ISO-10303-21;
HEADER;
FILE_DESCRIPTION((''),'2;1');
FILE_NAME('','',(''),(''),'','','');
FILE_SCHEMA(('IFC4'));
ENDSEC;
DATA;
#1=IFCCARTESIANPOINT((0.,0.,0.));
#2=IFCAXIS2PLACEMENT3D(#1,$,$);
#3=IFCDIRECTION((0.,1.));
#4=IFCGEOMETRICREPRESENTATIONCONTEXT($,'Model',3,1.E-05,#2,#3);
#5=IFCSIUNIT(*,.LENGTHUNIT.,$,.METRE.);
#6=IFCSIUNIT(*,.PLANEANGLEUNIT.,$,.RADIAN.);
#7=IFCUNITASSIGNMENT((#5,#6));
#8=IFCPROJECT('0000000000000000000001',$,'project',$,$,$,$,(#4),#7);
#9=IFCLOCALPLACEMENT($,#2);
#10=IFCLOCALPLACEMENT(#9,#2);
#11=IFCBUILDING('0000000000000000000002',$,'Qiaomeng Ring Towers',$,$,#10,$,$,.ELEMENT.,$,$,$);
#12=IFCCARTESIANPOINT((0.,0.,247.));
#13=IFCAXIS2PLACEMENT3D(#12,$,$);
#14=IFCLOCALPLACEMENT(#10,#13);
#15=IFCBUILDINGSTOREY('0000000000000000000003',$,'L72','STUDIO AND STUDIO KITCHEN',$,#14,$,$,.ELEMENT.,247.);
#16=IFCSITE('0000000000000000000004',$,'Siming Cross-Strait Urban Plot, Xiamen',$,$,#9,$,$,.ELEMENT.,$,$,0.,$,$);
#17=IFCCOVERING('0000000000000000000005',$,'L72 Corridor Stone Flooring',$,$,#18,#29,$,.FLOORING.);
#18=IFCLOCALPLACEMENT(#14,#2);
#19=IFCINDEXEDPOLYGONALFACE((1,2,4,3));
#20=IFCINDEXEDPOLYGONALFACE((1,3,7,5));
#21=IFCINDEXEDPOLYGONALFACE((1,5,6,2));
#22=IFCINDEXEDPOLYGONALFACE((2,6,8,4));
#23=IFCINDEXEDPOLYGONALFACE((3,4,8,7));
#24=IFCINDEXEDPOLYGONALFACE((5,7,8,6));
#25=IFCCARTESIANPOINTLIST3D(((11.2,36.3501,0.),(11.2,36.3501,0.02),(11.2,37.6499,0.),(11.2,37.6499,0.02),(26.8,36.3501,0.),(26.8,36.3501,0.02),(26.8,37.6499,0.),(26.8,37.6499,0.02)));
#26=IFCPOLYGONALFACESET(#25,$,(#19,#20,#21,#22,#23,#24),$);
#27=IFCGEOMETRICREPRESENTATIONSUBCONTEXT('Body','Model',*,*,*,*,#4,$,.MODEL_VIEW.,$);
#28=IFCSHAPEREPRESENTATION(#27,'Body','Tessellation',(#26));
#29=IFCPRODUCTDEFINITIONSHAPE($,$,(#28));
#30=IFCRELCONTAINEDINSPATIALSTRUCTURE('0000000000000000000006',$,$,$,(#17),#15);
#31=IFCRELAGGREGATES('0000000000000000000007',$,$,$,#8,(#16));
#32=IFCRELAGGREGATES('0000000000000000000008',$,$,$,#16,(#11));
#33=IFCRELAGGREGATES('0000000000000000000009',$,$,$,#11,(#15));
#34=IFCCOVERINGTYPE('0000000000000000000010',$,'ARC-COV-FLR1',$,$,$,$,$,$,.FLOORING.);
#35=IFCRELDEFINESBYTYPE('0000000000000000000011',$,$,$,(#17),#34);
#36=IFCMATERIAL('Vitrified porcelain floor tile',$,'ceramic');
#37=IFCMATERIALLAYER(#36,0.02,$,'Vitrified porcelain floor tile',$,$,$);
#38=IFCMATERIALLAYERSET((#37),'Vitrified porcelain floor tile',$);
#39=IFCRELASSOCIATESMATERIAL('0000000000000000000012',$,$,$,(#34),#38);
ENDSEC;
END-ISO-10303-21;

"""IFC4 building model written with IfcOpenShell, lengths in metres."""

from ifc_helpers import new_model, si_unit, direction, frame, origin, place, context, subcontext, project, spatial, polyline, outline, extrude, material, layer, layer_set, type_object, element, save


model = new_model("IFC4")

# Units and contexts
model_context = context("Model", 3, precision=1e-05, world=origin(), true_north=direction((0.0, 1.0)))
body_context = subcontext(model_context, "Body", "Model", "MODEL_VIEW")
ifc_project = project(units=[si_unit("LENGTHUNIT", "METRE"), si_unit("PLANEANGLEUNIT", "RADIAN")], contexts=[model_context])

# Site, building, storey
site_placement = place(None, origin())
site = spatial("IfcSite", under=ifc_project, at=site_placement, Name="Siming Cross-Strait Urban Plot, Xiamen", CompositionType="ELEMENT", RefElevation=0.0)
building_placement = place(site_placement, origin())
building = spatial("IfcBuilding", under=site, at=building_placement, Name="Qiaomeng Ring Towers", CompositionType="ELEMENT")
storey_placement = place(building_placement, frame((0.0, 0.0, 247.0)))
storey = spatial("IfcBuildingStorey", under=building, at=storey_placement, Name="L72", Description="STUDIO AND STUDIO KITCHEN", CompositionType="ELEMENT", Elevation=247.0)

# Covering
ifc_material_1 = material(Name="Vitrified porcelain floor tile", Category="ceramic")
ifc_layer_1 = layer(ifc_material_1, 0.02, Name="Vitrified porcelain floor tile")
ifc_layer_set_1 = layer_set([ifc_layer_1], Name="Vitrified porcelain floor tile")
covering_type_1 = type_object("IfcCoveringType", Name="ARC-COV-FLR1", PredefinedType="FLOORING", material=ifc_layer_set_1)
covering_1_placement = place(storey_placement, origin())
element("IfcCovering", 1, at=covering_1_placement, inside=storey, type_object=covering_type_1, Name="L72 Corridor Stone Flooring", PredefinedType="FLOORING", context=body_context, shape_type="SweptSolid", body=[
    extrude(outline(polyline([(11.2, 36.3501), (11.2, 37.6499), (26.8, 37.6499), (26.8, 36.3501), (11.2, 36.3501)])), origin(), (0.0, 0.0, 1.0), 0.02),
])

save(model, "model.ifc")
